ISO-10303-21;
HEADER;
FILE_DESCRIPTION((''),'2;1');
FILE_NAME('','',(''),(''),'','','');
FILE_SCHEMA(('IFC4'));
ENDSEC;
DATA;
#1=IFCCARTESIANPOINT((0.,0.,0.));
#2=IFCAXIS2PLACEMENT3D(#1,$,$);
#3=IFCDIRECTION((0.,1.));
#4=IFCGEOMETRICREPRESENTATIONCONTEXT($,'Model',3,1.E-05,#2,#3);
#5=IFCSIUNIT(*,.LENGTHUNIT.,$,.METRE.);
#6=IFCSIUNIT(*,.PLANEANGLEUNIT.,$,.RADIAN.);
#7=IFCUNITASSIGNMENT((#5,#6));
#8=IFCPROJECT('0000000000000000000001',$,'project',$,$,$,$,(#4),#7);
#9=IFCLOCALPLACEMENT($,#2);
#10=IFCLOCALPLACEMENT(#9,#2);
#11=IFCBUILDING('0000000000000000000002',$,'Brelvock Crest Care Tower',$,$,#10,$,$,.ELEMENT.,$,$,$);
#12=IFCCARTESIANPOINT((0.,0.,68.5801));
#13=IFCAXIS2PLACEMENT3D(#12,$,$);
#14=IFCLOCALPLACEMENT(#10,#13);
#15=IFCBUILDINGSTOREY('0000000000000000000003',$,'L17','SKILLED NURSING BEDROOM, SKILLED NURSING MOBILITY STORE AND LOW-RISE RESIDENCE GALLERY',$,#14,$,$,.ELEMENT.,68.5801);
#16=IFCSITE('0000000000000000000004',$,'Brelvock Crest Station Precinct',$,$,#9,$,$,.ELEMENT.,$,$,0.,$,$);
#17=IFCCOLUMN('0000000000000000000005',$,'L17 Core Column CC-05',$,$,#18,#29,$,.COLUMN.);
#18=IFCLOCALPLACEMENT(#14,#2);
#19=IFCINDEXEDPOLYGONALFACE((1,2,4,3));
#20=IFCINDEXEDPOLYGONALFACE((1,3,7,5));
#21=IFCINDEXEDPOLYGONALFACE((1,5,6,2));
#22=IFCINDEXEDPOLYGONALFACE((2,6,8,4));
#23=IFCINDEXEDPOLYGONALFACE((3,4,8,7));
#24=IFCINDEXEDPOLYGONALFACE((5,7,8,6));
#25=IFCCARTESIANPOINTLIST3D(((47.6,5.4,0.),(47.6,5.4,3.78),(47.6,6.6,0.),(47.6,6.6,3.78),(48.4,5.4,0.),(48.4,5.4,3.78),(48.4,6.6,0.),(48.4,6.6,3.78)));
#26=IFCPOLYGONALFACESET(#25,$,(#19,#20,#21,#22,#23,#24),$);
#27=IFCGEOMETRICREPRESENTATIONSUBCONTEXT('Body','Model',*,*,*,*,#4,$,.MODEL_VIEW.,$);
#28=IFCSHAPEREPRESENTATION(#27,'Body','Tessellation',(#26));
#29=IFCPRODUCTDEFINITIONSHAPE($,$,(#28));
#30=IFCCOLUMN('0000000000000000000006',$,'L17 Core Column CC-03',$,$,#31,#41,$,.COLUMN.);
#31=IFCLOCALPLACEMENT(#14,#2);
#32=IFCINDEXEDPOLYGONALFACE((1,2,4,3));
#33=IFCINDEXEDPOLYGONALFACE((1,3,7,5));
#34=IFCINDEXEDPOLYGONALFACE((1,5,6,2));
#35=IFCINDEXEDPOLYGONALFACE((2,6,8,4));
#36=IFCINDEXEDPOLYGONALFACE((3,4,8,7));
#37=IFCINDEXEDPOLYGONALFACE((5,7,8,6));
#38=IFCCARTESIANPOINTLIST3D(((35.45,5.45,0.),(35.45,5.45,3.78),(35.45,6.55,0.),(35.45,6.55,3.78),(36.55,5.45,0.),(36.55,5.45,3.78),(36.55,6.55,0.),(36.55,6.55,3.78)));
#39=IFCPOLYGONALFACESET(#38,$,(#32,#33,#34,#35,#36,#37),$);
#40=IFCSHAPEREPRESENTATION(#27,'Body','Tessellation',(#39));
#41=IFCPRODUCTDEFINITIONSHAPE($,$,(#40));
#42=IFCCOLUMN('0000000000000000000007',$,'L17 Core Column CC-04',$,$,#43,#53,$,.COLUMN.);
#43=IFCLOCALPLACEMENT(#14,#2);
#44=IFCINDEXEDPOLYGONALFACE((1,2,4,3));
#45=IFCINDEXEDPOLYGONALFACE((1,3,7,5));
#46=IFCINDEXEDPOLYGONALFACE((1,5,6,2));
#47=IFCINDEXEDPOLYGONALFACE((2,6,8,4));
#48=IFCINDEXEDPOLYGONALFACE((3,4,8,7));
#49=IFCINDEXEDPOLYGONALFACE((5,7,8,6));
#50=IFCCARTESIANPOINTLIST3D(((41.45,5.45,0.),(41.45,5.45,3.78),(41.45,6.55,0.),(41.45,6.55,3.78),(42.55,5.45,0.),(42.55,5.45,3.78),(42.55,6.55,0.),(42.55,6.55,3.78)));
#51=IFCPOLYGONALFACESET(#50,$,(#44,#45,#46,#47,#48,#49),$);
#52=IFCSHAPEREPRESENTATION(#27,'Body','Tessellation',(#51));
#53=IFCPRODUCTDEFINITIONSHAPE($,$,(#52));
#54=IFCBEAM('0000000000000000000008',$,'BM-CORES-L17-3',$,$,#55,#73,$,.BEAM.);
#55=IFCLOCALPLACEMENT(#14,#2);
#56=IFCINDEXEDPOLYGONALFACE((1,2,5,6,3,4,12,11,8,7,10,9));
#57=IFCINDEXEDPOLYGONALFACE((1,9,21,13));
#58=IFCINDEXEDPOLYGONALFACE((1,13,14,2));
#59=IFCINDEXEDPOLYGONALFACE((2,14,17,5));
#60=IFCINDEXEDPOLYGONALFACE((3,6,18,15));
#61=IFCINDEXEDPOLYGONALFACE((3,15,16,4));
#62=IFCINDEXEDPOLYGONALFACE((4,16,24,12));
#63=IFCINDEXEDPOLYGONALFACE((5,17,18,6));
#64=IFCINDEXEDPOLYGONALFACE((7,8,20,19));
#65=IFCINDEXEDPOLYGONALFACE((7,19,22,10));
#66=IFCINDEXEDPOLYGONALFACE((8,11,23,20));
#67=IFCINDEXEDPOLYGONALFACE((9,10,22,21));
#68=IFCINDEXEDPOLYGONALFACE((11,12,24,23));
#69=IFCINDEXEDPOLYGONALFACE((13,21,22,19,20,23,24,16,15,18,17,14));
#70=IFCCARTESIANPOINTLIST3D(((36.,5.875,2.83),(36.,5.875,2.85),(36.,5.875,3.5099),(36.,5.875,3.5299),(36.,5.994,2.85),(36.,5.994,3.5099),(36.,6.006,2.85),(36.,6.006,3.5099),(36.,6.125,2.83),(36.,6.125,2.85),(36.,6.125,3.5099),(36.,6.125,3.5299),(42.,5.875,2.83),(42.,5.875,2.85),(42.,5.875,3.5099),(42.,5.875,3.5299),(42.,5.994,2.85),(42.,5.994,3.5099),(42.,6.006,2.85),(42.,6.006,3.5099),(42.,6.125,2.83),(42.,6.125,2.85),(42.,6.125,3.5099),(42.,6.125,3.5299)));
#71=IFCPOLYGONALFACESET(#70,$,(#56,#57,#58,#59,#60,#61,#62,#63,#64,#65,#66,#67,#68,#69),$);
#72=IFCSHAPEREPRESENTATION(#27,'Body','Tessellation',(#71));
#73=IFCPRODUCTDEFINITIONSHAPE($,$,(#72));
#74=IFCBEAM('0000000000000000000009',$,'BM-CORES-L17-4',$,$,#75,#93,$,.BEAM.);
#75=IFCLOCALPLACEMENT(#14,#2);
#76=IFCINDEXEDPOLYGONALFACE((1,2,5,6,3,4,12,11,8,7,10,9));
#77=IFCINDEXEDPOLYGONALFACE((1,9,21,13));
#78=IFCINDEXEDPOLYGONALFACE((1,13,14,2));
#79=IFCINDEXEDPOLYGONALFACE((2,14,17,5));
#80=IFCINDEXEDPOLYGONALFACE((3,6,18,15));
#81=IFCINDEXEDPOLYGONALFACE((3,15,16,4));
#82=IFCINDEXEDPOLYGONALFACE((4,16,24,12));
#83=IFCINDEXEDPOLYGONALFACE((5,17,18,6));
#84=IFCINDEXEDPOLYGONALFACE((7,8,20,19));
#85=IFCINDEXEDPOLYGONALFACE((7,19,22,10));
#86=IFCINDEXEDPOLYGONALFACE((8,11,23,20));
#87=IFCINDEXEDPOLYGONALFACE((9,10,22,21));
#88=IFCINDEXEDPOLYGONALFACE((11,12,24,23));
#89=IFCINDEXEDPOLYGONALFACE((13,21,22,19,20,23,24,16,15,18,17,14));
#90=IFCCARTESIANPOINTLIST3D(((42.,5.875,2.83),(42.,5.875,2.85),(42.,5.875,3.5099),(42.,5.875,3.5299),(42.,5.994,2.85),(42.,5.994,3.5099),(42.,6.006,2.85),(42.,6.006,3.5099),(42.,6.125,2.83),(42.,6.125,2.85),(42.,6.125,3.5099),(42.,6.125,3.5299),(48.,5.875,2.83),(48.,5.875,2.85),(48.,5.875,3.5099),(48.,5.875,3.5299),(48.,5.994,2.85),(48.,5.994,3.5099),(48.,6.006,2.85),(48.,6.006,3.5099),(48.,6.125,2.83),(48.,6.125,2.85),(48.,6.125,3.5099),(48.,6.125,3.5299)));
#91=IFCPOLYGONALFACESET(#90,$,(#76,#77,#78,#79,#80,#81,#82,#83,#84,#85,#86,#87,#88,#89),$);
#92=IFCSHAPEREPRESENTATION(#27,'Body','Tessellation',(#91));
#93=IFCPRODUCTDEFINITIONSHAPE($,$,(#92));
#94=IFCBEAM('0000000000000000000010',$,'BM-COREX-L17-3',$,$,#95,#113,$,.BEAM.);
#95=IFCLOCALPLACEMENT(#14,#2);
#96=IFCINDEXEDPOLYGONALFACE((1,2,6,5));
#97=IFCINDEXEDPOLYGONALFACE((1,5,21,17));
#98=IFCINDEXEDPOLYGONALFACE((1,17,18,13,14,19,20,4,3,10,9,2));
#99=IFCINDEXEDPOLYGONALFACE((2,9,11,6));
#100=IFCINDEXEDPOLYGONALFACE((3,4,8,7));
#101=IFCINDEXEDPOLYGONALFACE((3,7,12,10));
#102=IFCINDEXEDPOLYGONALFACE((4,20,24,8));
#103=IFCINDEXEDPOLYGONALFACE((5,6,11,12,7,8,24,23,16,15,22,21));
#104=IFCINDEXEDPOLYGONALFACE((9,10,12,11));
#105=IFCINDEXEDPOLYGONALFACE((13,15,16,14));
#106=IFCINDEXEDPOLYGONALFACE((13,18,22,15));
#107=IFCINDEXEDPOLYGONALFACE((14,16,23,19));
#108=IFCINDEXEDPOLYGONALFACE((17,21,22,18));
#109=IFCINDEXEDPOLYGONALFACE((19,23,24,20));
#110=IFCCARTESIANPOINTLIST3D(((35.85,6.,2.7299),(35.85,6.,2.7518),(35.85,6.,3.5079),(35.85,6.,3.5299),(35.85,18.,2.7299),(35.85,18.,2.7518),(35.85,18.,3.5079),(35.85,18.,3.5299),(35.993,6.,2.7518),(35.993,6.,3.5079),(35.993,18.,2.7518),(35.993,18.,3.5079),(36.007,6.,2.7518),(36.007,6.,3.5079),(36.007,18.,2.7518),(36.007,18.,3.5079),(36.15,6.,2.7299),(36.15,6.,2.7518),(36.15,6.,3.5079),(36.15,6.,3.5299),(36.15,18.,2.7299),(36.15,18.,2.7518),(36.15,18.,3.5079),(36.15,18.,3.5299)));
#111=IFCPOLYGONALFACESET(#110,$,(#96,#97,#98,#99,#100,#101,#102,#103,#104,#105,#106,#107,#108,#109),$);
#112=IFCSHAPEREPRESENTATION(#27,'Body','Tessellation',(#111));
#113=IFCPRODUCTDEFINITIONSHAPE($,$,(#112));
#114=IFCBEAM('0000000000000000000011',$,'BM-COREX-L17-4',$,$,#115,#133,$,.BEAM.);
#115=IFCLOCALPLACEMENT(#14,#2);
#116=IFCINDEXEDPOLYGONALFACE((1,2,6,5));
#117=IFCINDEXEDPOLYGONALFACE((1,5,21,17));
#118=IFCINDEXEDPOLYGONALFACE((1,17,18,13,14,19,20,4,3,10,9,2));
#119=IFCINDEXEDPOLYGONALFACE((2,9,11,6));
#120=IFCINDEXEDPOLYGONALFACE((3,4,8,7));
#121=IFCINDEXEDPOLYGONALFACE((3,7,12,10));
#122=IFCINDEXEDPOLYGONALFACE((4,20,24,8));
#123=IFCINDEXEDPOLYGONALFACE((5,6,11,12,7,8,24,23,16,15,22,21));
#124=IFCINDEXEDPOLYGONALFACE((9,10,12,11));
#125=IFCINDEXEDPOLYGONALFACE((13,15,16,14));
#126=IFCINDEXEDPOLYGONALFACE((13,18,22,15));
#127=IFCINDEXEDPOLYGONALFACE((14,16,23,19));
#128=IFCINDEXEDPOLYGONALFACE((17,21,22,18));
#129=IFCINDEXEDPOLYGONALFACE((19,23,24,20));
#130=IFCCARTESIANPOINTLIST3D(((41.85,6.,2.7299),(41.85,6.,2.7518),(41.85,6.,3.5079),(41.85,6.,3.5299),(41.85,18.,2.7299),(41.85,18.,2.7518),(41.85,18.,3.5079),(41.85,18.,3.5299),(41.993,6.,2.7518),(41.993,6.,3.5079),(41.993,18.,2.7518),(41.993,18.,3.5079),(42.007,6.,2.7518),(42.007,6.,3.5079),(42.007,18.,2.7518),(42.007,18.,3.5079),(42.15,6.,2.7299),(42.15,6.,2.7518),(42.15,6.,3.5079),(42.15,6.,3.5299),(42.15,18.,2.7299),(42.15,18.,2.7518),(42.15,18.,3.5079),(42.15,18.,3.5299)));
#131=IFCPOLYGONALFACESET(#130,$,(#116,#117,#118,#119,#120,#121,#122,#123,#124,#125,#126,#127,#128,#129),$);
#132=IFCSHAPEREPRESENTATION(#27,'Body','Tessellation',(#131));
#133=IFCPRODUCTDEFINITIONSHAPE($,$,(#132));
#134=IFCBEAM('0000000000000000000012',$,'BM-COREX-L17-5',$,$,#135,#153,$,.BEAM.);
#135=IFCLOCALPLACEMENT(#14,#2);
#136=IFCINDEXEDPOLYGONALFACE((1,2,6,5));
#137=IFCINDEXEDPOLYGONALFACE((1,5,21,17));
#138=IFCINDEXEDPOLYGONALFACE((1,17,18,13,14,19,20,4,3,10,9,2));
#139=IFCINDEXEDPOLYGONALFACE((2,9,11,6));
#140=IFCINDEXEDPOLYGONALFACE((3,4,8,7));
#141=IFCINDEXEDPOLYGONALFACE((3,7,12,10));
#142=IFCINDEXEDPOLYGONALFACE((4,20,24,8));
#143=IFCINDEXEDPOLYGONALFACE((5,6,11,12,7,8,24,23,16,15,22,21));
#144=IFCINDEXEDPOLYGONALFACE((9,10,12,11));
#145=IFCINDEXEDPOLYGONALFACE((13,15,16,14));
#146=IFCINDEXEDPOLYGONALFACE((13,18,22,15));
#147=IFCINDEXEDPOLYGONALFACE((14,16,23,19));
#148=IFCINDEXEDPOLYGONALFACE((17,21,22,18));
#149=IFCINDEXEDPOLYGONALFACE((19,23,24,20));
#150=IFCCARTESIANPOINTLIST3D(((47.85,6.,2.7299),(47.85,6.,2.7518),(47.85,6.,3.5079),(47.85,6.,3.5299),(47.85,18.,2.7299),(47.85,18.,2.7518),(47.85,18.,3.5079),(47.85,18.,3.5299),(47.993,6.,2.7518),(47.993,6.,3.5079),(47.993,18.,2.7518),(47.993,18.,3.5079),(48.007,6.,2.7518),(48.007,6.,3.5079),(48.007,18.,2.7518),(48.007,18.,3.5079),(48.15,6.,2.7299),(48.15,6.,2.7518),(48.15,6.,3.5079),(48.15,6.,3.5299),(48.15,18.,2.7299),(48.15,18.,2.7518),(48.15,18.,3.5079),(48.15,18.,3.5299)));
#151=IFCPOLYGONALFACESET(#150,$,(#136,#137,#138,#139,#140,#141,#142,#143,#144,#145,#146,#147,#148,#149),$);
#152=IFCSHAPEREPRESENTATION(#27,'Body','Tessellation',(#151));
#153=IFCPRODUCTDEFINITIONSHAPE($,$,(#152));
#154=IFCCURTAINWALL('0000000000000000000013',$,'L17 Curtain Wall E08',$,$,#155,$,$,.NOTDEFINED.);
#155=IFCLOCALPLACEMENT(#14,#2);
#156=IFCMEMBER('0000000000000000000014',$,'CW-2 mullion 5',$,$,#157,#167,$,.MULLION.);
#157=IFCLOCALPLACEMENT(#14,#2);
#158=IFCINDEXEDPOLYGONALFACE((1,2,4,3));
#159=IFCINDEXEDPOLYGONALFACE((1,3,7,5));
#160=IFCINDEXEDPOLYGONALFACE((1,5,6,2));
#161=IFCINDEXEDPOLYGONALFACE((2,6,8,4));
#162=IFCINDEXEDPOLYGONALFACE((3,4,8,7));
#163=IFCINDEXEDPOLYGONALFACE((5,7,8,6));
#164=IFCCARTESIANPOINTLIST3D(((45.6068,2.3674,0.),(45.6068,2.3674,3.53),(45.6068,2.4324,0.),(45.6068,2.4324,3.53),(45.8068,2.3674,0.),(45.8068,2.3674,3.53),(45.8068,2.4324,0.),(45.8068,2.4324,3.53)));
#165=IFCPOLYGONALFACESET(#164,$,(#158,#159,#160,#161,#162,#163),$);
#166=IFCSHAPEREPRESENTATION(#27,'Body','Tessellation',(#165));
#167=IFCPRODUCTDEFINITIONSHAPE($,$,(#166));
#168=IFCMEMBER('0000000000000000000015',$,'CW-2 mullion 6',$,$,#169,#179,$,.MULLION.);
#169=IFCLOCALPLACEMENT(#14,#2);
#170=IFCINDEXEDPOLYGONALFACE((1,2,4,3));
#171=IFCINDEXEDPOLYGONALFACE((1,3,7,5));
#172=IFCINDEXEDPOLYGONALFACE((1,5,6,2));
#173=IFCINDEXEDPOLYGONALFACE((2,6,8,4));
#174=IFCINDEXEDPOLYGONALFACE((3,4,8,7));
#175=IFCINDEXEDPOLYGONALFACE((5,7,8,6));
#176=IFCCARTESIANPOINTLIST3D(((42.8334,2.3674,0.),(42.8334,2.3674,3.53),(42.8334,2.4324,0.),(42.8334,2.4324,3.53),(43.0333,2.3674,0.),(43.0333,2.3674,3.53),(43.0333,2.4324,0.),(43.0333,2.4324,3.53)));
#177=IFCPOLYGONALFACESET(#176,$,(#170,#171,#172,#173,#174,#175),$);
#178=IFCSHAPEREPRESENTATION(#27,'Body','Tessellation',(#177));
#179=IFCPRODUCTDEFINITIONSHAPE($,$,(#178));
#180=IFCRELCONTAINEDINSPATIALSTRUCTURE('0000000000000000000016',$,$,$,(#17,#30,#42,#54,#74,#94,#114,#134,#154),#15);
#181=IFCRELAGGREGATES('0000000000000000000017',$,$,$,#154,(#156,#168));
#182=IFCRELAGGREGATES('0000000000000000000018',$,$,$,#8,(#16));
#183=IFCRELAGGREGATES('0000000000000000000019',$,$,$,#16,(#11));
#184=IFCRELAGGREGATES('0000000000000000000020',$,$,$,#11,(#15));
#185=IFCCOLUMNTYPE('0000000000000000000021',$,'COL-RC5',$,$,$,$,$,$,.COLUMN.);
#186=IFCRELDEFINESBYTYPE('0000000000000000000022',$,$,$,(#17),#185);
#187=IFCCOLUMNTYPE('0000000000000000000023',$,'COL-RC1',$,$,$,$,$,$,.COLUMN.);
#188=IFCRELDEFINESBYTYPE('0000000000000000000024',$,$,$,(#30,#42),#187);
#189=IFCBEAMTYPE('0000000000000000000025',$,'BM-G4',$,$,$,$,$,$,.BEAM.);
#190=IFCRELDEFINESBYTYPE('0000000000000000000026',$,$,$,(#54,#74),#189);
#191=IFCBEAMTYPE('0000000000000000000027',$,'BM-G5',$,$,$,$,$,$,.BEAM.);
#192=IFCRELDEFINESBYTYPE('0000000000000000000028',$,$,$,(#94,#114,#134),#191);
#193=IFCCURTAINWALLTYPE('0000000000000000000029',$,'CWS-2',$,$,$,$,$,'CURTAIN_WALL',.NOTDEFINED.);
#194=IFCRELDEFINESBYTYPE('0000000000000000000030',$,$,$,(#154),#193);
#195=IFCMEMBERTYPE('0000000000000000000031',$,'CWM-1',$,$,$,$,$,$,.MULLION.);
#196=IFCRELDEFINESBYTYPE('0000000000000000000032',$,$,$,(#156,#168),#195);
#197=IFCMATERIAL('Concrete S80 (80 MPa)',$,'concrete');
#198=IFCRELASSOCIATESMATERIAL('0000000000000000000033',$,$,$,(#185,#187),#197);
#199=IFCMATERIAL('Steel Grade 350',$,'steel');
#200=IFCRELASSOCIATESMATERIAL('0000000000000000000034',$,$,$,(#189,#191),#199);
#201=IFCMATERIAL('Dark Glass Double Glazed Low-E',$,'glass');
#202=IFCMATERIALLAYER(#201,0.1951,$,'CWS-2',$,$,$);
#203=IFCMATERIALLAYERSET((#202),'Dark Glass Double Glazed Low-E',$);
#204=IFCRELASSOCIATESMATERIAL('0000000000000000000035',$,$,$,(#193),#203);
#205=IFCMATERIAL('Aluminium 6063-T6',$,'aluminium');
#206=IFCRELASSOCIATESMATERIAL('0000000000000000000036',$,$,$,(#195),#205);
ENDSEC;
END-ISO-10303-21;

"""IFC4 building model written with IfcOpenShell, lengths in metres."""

from ifc_helpers import new_model, si_unit, direction, frame, origin, origin_2d, place, context, subcontext, project, spatial, rectangle, i_section, extrude, source, transform, mapped, material, layer, layer_set, material_profile, profile_set, type_object, element, aggregate, save


model = new_model("IFC4")

# Units and contexts
model_context = context("Model", 3, precision=1e-05, world=origin(), true_north=direction((0.0, 1.0)))
body_context = subcontext(model_context, "Body", "Model", "MODEL_VIEW")
ifc_project = project(units=[si_unit("LENGTHUNIT", "METRE"), si_unit("PLANEANGLEUNIT", "RADIAN")], contexts=[model_context])

# Site, building, storey
site_placement = place(None, origin())
site = spatial("IfcSite", under=ifc_project, at=site_placement, Name="Brelvock Crest Station Precinct", CompositionType="ELEMENT", RefElevation=0.0)
building_placement = place(site_placement, origin())
building = spatial("IfcBuilding", under=site, at=building_placement, Name="Brelvock Crest Care Tower", CompositionType="ELEMENT")
storey_placement = place(building_placement, frame((0.0, 0.0, 68.5801)))
storey = spatial("IfcBuildingStorey", under=building, at=storey_placement, Name="L17", Description="SKILLED NURSING BEDROOM, SKILLED NURSING MOBILITY STORE AND LOW-RISE RESIDENCE GALLERY", CompositionType="ELEMENT", Elevation=68.5801)

# Columns
ifc_material_1 = material(Name="Concrete S80 (80 MPa)", Category="concrete")
ifc_material_profile_1 = material_profile(ifc_material_1, rectangle(XDim=0.8, YDim=1.2, at=origin_2d()), Name="RC800x1200")
ifc_profile_set_1 = profile_set([ifc_material_profile_1], Name="Concrete S80 (80 MPa)")
column_type_1 = type_object("IfcColumnType", Name="COL-RC5", PredefinedType="COLUMN", material=ifc_profile_set_1)
shared_shape_1 = source(origin(), body_context, "Body", "SweptSolid", [
    extrude(rectangle(XDim=0.8, YDim=1.2, at=origin_2d()), origin(), (0.0, 0.0, 1.0), 3.78),
])
column_placement = place(storey_placement, frame((48.0, 6.0, 0.0), z_axis=(0.0, 0.0, 1.0), x_axis=(1.0, 0.0, 0.0)))
element("IfcColumn", 1, at=column_placement, inside=storey, type_object=column_type_1, Name="L17 Core Column CC-05", PredefinedType="COLUMN", context=body_context, shape_type="MappedRepresentation", body=[
    mapped(shared_shape_1, transform((0.0, 0.0, 0.0), x_axis=(1.0, 0.0, 0.0), y_axis=(0.0, 1.0, 0.0), z_axis=(0.0, 0.0, 1.0), scale=1.0)),
])
ifc_material_profile_2 = material_profile(ifc_material_1, rectangle(XDim=1.1001, YDim=1.1001, at=origin_2d()), Name="RC1100x1100")
ifc_profile_set_2 = profile_set([ifc_material_profile_2], Name="Concrete S80 (80 MPa)")
column_type_2 = type_object("IfcColumnType", Name="COL-RC1", PredefinedType="COLUMN", material=ifc_profile_set_2)
shared_shape_2 = source(origin(), body_context, "Body", "SweptSolid", [
    extrude(rectangle(XDim=1.1001, YDim=1.1001, at=origin_2d()), origin(), (0.0, 0.0, 1.0), 3.78),
])
for number, where, z_axis, x_axis, name in (
    (2, (36.0, 6.0, 0.0), (0.0, 0.0, 1.0), (1.0, 0.0, 0.0), "L17 Core Column CC-03"),
    (3, (42.0, 6.0, 0.0), (0.0, 0.0, 1.0), (1.0, 0.0, 0.0), "L17 Core Column CC-04"),
):
    element("IfcColumn", number, at=place(storey_placement, frame(where, z_axis=z_axis, x_axis=x_axis)), inside=storey, type_object=column_type_2, Name=name, PredefinedType="COLUMN", context=body_context, shape_type="MappedRepresentation", body=[
        mapped(shared_shape_2, transform((0.0, 0.0, 0.0), x_axis=(1.0, 0.0, 0.0), y_axis=(0.0, 1.0, 0.0), z_axis=(0.0, 0.0, 1.0), scale=1.0)),
    ])

# Beams
ifc_material_2 = material(Name="Steel Grade 350", Category="steel")
ifc_material_profile_3 = material_profile(ifc_material_2, i_section(OverallWidth=0.25, OverallDepth=0.7, WebThickness=0.012, FlangeThickness=0.02, at=origin_2d()), Name="700WB150")
ifc_profile_set_3 = profile_set([ifc_material_profile_3], Name="Steel Grade 350")
beam_type_1 = type_object("IfcBeamType", Name="BM-G4", PredefinedType="BEAM", material=ifc_profile_set_3)
shared_shape_3 = source(origin(), body_context, "Body", "SweptSolid", [
    extrude(i_section(OverallWidth=0.25, OverallDepth=0.7, WebThickness=0.012, FlangeThickness=0.02, at=origin_2d()), origin(), (0.0, 0.0, 1.0), 6.0),
])
for number, where, z_axis, x_axis, name in (
    (4, (36.0, 6.0, 3.1799), (1.0, 0.0, 0.0), (0.0, 1.0, 0.0), "BM-CORES-L17-3"),
    (5, (42.0, 6.0, 3.1799), (1.0, 0.0, 0.0), (0.0, 1.0, 0.0), "BM-CORES-L17-4"),
):
    element("IfcBeam", number, at=place(storey_placement, frame(where, z_axis=z_axis, x_axis=x_axis)), inside=storey, type_object=beam_type_1, Name=name, PredefinedType="BEAM", context=body_context, shape_type="MappedRepresentation", body=[
        mapped(shared_shape_3, transform((0.0, 0.0, 0.0), x_axis=(1.0, 0.0, 0.0), y_axis=(0.0, 1.0, 0.0), z_axis=(0.0, 0.0, 1.0), scale=1.0)),
    ])
ifc_material_profile_4 = material_profile(ifc_material_2, i_section(OverallWidth=0.3, OverallDepth=0.8, WebThickness=0.0139, FlangeThickness=0.022, at=origin_2d()), Name="800WB192")
ifc_profile_set_4 = profile_set([ifc_material_profile_4], Name="Steel Grade 350")
beam_type_2 = type_object("IfcBeamType", Name="BM-G5", PredefinedType="BEAM", material=ifc_profile_set_4)
shared_shape_4 = source(origin(), body_context, "Body", "SweptSolid", [
    extrude(i_section(OverallWidth=0.3, OverallDepth=0.8, WebThickness=0.0139, FlangeThickness=0.022, at=origin_2d()), origin(), (0.0, 0.0, 1.0), 12.0),
])
for number, where, z_axis, x_axis, name in (
    (6, (36.0, 6.0, 3.1299), (0.0, 1.0, 0.0), (-1.0, 0.0, 0.0), "BM-COREX-L17-3"),
    (7, (42.0, 6.0, 3.1299), (0.0, 1.0, 0.0), (-1.0, 0.0, 0.0), "BM-COREX-L17-4"),
    (8, (48.0, 6.0, 3.1299), (0.0, 1.0, 0.0), (-1.0, 0.0, 0.0), "BM-COREX-L17-5"),
):
    element("IfcBeam", number, at=place(storey_placement, frame(where, z_axis=z_axis, x_axis=x_axis)), inside=storey, type_object=beam_type_2, Name=name, PredefinedType="BEAM", context=body_context, shape_type="MappedRepresentation", body=[
        mapped(shared_shape_4, transform((0.0, 0.0, 0.0), x_axis=(1.0, 0.0, 0.0), y_axis=(0.0, 1.0, 0.0), z_axis=(0.0, 0.0, 1.0), scale=1.0)),
    ])

# Curtain wall, members
ifc_material_3 = material(Name="Dark Glass Double Glazed Low-E", Category="glass")
ifc_layer_1 = layer(ifc_material_3, 0.1951, Name="CWS-2")
ifc_layer_set_1 = layer_set([ifc_layer_1], Name="Dark Glass Double Glazed Low-E")
curtain_wall_type = type_object("IfcCurtainWallType", Name="CWS-2", ElementType="CURTAIN_WALL", PredefinedType="NOTDEFINED", material=ifc_layer_set_1)
curtain_wall_placement = place(storey_placement, origin())
curtain_wall = element("IfcCurtainWall", 9, at=curtain_wall_placement, inside=storey, type_object=curtain_wall_type, Name="L17 Curtain Wall E08", PredefinedType="NOTDEFINED")
ifc_material_4 = material(Name="Aluminium 6063-T6", Category="aluminium")
ifc_material_profile_5 = material_profile(ifc_material_4, rectangle(XDim=0.0649, YDim=0.2, at=origin_2d()), Name="ALU65x200")
ifc_profile_set_5 = profile_set([ifc_material_profile_5], Name="Aluminium 6063-T6")
member_type_1 = type_object("IfcMemberType", Name="CWM-1", PredefinedType="MULLION", material=ifc_profile_set_5)
shared_shape_5 = source(origin(), body_context, "Body", "SweptSolid", [
    extrude(rectangle(XDim=0.0649, YDim=0.2, at=origin_2d()), origin(), (0.0, 0.0, 1.0), 3.53),
])
member_1_placement = place(storey_placement, frame((45.7068, 2.3999, 0.0), z_axis=(0.0, 0.0, 1.0), x_axis=(0.0, -1.0, 0.0)))
member_1 = element("IfcMember", 10, at=member_1_placement, type_object=member_type_1, Name="CW-2 mullion 5", PredefinedType="MULLION", context=body_context, shape_type="MappedRepresentation", body=[
    mapped(shared_shape_5, transform((0.0, 0.0, 0.0), x_axis=(1.0, 0.0, 0.0), y_axis=(0.0, 1.0, 0.0), z_axis=(0.0, 0.0, 1.0), scale=1.0)),
])
member_2_placement = place(storey_placement, frame((42.9333, 2.3999, 0.0), z_axis=(0.0, 0.0, 1.0), x_axis=(0.0, -1.0, 0.0)))
member_2 = element("IfcMember", 11, at=member_2_placement, type_object=member_type_1, Name="CW-2 mullion 6", PredefinedType="MULLION", context=body_context, shape_type="MappedRepresentation", body=[
    mapped(shared_shape_5, transform((0.0, 0.0, 0.0), x_axis=(1.0, 0.0, 0.0), y_axis=(0.0, 1.0, 0.0), z_axis=(0.0, 0.0, 1.0), scale=1.0)),
])
aggregate(curtain_wall, [member_1, member_2])

save(model, "model.ifc")
